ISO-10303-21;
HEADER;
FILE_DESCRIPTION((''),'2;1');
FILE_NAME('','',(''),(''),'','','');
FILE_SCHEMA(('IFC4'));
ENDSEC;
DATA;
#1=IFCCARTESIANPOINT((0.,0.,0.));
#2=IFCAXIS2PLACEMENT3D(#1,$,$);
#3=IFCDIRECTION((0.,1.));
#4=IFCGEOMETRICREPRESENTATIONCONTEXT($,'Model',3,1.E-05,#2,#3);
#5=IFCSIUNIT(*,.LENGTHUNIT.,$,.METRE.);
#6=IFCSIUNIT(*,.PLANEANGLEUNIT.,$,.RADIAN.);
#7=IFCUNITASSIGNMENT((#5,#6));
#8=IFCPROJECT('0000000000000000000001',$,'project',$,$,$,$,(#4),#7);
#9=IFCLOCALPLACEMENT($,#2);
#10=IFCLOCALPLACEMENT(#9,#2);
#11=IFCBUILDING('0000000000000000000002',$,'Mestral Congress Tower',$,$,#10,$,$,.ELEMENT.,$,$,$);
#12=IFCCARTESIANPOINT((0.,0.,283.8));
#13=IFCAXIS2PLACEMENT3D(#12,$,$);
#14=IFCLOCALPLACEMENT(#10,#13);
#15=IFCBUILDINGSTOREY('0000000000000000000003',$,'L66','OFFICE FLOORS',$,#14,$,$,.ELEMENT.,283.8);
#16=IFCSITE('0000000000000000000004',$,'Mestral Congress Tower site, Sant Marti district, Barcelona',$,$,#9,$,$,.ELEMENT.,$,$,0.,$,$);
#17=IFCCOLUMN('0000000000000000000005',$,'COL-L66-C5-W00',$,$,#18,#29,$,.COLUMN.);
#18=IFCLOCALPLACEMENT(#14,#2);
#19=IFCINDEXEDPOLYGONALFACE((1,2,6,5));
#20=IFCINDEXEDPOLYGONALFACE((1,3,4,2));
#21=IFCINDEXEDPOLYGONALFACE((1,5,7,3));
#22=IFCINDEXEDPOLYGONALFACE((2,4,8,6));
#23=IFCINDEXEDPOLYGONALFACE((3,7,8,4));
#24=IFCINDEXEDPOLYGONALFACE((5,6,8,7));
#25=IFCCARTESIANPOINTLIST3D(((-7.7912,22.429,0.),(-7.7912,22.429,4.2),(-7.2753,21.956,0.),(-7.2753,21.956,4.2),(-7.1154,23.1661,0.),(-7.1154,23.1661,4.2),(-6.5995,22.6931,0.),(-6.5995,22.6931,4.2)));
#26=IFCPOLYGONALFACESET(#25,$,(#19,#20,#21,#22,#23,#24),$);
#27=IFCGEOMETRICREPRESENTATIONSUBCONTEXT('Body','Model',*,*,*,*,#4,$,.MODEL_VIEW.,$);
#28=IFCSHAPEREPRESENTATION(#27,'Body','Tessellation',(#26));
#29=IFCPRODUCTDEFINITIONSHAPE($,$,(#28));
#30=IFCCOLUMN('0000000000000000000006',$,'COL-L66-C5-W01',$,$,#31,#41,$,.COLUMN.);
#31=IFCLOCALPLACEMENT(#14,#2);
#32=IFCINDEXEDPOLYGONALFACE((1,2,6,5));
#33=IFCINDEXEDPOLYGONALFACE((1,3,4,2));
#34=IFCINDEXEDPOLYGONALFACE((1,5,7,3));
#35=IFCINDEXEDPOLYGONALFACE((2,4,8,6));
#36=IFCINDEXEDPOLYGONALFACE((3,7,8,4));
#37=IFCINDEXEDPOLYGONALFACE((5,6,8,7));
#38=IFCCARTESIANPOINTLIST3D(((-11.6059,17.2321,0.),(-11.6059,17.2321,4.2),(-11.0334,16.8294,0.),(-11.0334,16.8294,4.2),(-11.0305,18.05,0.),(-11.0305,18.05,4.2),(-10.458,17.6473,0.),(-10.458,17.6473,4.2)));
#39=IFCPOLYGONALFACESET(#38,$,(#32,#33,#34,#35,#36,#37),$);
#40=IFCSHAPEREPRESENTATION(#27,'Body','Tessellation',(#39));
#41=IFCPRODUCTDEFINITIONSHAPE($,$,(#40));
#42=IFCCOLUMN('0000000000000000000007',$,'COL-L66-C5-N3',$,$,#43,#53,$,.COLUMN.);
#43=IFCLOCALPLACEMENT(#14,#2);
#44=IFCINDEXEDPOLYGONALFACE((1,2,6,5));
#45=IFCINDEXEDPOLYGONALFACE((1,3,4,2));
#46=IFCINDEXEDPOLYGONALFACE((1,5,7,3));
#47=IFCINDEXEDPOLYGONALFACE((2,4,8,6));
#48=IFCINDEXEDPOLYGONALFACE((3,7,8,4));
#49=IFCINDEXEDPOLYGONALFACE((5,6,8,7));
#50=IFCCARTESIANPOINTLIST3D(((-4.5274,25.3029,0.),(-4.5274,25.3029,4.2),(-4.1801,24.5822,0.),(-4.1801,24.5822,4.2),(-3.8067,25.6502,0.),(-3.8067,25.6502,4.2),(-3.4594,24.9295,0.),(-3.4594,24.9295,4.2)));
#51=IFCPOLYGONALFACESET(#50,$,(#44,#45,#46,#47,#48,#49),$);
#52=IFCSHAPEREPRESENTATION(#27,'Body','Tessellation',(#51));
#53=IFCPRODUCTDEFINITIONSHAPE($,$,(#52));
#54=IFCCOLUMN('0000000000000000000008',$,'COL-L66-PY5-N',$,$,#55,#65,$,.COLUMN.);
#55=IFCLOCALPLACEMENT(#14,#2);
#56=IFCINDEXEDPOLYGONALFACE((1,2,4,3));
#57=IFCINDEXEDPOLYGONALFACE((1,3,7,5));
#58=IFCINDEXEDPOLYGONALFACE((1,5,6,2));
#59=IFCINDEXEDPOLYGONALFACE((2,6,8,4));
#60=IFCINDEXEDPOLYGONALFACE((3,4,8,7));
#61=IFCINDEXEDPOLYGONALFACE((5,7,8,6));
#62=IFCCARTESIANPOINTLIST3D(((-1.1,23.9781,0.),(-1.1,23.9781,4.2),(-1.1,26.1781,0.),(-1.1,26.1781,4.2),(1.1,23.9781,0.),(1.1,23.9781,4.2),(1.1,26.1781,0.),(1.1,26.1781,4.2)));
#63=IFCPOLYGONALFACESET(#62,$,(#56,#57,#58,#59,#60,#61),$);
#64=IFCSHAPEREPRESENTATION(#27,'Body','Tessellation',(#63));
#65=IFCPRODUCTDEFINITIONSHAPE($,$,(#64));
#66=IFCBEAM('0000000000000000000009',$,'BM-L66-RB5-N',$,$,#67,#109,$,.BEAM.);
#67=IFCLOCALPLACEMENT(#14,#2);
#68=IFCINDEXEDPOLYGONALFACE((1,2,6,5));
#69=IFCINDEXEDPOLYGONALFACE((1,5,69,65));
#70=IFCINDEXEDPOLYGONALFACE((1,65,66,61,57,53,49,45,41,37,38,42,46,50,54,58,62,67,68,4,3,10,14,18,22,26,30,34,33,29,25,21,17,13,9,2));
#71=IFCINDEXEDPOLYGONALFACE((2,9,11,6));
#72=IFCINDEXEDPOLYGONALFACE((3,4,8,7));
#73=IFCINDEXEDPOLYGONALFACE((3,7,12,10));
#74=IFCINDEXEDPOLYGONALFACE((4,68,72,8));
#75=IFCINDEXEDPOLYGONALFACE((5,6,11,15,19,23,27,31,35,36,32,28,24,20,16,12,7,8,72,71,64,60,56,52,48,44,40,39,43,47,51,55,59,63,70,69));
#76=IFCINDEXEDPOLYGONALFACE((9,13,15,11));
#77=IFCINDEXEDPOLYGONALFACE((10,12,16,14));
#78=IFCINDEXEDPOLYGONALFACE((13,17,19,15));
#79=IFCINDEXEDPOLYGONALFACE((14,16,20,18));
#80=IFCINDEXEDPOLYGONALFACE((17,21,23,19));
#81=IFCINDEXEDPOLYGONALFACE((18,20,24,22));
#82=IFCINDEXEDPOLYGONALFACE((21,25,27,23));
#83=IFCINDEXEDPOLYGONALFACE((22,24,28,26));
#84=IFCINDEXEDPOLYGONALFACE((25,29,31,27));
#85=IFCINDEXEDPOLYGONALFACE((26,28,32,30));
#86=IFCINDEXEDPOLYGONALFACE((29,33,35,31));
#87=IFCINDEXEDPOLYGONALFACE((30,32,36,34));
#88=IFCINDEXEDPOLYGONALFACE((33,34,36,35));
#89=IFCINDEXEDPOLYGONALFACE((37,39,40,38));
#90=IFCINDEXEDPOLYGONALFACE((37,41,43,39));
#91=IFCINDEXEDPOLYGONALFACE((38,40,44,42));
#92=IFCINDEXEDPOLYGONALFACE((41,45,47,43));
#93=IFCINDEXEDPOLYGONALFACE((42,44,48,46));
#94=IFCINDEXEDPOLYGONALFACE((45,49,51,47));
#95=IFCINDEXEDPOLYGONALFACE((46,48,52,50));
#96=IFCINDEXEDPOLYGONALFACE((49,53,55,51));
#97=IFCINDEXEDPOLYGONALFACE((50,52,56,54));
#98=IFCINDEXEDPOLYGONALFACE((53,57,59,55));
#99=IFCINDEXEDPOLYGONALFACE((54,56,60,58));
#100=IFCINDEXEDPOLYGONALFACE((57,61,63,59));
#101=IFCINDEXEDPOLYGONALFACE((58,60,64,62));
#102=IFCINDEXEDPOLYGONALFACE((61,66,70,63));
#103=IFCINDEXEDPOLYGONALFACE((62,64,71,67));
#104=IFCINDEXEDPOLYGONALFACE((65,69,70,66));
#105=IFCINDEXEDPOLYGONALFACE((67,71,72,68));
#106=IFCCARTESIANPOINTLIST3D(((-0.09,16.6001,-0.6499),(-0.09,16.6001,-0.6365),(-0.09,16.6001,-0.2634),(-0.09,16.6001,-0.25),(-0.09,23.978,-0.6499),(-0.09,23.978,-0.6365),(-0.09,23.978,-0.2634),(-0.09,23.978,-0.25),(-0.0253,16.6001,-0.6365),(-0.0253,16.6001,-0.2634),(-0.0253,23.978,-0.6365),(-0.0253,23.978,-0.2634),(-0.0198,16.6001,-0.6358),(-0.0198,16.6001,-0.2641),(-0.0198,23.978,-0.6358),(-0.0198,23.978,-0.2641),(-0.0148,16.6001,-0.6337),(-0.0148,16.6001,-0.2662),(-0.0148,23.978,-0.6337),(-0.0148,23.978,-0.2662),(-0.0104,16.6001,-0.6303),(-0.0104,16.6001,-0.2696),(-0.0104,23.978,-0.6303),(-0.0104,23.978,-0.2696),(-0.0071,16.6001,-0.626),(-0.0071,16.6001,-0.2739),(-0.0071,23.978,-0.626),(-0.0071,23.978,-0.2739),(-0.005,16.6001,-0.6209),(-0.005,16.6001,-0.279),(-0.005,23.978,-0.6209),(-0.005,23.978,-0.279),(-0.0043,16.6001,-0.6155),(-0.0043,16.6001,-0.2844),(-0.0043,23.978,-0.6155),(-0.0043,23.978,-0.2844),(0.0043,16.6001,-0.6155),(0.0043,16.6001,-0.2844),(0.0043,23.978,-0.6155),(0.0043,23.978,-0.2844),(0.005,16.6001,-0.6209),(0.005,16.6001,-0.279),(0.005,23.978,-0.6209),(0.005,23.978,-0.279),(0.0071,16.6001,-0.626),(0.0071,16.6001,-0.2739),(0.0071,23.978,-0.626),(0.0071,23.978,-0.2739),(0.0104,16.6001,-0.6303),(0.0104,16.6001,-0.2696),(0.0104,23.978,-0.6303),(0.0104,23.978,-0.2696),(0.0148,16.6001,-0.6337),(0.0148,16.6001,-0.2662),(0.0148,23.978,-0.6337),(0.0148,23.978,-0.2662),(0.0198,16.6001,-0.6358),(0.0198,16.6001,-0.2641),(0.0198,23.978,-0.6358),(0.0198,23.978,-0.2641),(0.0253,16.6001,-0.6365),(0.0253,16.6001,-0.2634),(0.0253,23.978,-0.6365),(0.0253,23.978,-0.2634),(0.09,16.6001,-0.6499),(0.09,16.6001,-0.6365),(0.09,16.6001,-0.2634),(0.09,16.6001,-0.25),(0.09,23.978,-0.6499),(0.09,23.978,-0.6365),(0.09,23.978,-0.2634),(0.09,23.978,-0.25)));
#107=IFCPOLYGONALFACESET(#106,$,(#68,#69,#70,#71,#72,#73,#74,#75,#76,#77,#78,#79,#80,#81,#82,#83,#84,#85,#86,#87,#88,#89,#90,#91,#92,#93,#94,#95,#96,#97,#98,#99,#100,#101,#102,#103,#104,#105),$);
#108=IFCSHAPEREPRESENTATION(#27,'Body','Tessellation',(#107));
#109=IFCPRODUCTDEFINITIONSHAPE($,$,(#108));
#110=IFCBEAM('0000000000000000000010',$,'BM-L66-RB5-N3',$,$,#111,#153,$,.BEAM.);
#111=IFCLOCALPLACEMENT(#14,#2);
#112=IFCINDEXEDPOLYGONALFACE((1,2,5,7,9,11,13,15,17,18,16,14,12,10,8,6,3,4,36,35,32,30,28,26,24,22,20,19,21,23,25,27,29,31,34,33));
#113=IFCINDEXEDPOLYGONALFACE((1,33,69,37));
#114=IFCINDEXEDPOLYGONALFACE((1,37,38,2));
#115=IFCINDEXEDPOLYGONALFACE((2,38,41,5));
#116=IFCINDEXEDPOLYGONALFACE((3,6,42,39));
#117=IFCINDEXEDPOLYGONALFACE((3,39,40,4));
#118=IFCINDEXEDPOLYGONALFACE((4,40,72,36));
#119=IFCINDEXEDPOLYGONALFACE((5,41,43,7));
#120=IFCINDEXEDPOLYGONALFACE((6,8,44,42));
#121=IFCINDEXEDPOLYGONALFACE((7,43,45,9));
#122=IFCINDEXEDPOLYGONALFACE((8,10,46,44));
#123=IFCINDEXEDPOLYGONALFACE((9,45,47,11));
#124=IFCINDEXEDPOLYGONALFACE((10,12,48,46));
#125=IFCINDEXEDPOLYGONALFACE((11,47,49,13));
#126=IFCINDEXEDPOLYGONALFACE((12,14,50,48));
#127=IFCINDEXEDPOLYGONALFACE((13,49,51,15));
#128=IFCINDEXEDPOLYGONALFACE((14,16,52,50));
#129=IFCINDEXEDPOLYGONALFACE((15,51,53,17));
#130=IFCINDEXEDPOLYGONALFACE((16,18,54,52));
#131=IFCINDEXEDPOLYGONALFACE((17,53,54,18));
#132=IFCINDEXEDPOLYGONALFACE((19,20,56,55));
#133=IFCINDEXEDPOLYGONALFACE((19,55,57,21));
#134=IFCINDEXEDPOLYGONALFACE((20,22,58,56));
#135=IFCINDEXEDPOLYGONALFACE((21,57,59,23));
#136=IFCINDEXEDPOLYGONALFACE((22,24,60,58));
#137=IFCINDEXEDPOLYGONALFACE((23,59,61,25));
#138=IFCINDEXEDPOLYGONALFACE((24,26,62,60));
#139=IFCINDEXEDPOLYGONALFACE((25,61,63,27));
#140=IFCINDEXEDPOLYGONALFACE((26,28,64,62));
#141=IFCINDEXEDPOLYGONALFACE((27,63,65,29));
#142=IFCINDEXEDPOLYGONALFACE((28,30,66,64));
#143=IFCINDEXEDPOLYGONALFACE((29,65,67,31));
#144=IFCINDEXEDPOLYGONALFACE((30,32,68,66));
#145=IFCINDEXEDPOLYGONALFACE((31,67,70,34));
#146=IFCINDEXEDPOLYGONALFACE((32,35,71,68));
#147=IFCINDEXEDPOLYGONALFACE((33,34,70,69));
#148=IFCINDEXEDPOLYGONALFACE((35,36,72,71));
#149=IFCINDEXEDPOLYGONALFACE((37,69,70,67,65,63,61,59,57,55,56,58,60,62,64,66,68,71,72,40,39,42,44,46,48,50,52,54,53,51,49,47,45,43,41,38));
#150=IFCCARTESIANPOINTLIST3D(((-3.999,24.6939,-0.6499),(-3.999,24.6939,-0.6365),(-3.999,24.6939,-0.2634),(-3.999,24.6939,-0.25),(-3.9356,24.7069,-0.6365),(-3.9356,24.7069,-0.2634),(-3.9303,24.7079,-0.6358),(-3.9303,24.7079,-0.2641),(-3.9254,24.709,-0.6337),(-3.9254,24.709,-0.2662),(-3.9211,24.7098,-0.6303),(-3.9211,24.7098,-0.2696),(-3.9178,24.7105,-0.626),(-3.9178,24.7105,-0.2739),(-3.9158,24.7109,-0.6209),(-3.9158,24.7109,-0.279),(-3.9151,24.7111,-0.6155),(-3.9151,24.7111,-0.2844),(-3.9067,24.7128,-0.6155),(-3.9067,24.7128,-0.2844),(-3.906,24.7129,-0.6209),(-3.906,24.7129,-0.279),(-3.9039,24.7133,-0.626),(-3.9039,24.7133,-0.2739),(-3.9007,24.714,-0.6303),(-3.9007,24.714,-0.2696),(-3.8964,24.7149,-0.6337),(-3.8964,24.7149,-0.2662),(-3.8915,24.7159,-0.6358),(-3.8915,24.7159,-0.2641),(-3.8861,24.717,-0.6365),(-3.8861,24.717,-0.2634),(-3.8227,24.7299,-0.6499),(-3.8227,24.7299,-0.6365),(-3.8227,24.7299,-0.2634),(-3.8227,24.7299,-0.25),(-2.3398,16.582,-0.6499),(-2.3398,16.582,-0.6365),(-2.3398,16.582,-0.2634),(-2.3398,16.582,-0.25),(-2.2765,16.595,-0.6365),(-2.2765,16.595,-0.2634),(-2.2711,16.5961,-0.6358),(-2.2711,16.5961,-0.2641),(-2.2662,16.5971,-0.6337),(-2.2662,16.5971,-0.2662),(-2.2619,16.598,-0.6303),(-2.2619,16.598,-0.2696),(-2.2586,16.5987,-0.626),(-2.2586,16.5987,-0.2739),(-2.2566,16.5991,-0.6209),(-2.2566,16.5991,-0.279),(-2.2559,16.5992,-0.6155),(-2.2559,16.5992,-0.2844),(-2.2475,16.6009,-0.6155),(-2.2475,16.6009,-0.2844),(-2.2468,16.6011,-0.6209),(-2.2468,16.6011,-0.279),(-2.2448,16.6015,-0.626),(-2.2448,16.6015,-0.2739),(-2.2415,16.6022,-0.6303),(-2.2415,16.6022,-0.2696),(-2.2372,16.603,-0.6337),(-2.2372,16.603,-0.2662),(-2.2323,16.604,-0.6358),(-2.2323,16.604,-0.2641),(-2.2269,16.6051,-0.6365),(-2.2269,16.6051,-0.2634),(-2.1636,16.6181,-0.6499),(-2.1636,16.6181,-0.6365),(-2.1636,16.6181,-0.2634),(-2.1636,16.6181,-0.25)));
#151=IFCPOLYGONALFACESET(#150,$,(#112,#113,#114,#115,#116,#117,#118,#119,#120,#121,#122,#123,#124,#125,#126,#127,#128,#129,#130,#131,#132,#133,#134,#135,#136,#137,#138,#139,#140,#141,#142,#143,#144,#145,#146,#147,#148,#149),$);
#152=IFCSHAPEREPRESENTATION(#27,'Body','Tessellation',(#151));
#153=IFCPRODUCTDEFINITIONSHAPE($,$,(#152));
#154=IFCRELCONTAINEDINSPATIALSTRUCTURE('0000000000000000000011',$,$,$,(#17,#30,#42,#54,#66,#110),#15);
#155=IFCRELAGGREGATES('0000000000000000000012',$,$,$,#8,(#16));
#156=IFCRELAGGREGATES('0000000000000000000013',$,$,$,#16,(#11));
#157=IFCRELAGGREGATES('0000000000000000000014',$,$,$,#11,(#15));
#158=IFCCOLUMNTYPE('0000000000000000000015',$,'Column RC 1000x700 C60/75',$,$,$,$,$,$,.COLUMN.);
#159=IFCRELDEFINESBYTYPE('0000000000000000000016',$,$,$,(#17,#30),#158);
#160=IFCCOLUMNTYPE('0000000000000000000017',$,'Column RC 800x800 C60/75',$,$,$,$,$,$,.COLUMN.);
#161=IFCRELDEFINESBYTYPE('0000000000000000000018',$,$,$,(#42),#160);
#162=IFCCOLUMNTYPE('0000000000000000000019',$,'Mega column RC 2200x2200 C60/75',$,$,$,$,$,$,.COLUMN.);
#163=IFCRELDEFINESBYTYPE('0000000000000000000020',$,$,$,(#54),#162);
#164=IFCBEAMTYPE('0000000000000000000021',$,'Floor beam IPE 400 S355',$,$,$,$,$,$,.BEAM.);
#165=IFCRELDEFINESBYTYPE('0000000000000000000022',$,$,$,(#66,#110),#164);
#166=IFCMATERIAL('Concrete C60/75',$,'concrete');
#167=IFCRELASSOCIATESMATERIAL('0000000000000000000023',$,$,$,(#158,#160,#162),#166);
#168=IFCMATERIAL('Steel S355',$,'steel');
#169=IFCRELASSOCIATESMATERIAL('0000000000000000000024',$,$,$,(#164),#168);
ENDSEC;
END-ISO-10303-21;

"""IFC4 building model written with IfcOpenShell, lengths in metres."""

from ifc_helpers import new_model, si_unit, direction, frame, origin, origin_2d, place, context, subcontext, project, spatial, rectangle, i_section, extrude, material, material_profile, profile_set, type_object, element, save


model = new_model("IFC4")

# Units and contexts
model_context = context("Model", 3, precision=1e-05, world=origin(), true_north=direction((0.0, 1.0)))
body_context = subcontext(model_context, "Body", "Model", "MODEL_VIEW")
ifc_project = project(units=[si_unit("LENGTHUNIT", "METRE"), si_unit("PLANEANGLEUNIT", "RADIAN")], contexts=[model_context])

# Site, building, storey
site_placement = place(None, origin())
site = spatial("IfcSite", under=ifc_project, at=site_placement, Name="Mestral Congress Tower site, Sant Marti district, Barcelona", CompositionType="ELEMENT", RefElevation=0.0)
building_placement = place(site_placement, origin())
building = spatial("IfcBuilding", under=site, at=building_placement, Name="Mestral Congress Tower", CompositionType="ELEMENT")
storey_placement = place(building_placement, frame((0.0, 0.0, 283.8)))
storey = spatial("IfcBuildingStorey", under=building, at=storey_placement, Name="L66", Description="OFFICE FLOORS", CompositionType="ELEMENT", Elevation=283.8)

# Columns
ifc_material_1 = material(Name="Concrete C60/75", Category="concrete")
ifc_material_profile_1 = material_profile(ifc_material_1, rectangle(XDim=1.0, YDim=0.7, at=origin_2d()), Name="RC 1000x700")
ifc_profile_set_1 = profile_set([ifc_material_profile_1], Name="Concrete C60/75")
column_type_1 = type_object("IfcColumnType", Name="Column RC 1000x700 C60/75", PredefinedType="COLUMN", material=ifc_profile_set_1)
for number, where, z_axis, x_axis, name in (
    (1, (-7.1953, 22.561, 0.0), (0.0, 0.0, 1.0), (-0.675803, -0.737083, 0.0), "COL-L66-C5-W00"),
    (2, (-11.032, 17.4397, 0.0), (0.0, 0.0, 1.0), (-0.575402, -0.817871, 0.0), "COL-L66-C5-W01"),
):
    element("IfcColumn", number, at=place(storey_placement, frame(where, z_axis=z_axis, x_axis=x_axis)), inside=storey, type_object=column_type_1, Name=name, PredefinedType="COLUMN", context=body_context, shape_type="SweptSolid", body=[
        extrude(rectangle(XDim=1.0, YDim=0.7, at=origin_2d()), origin(), (0.0, 0.0, 1.0), 4.2),
    ])
ifc_material_profile_2 = material_profile(ifc_material_1, rectangle(XDim=0.8, YDim=0.8, at=origin_2d()), Name="RC 800x800")
ifc_profile_set_2 = profile_set([ifc_material_profile_2], Name="Concrete C60/75")
column_type_2 = type_object("IfcColumnType", Name="Column RC 800x800 C60/75", PredefinedType="COLUMN", material=ifc_profile_set_2)
column_1_placement = place(storey_placement, frame((-3.9934, 25.1162, 0.0), z_axis=(0.0, 0.0, 1.0), x_axis=(-0.900873, -0.434082, 0.0)))
element("IfcColumn", 3, at=column_1_placement, inside=storey, type_object=column_type_2, Name="COL-L66-C5-N3", PredefinedType="COLUMN", context=body_context, shape_type="SweptSolid", body=[
    extrude(rectangle(XDim=0.8, YDim=0.8, at=origin_2d()), origin(), (0.0, 0.0, 1.0), 4.2),
])
ifc_material_profile_3 = material_profile(ifc_material_1, rectangle(XDim=2.2, YDim=2.2, at=origin_2d()), Name="RC 2200x2200")
ifc_profile_set_3 = profile_set([ifc_material_profile_3], Name="Concrete C60/75")
column_type_3 = type_object("IfcColumnType", Name="Mega column RC 2200x2200 C60/75", PredefinedType="COLUMN", material=ifc_profile_set_3)
column_2_placement = place(storey_placement, frame((0.0, 25.0781, 0.0), z_axis=(0.0, 0.0, 1.0), x_axis=(0.0, 1.0, 0.0)))
element("IfcColumn", 4, at=column_2_placement, inside=storey, type_object=column_type_3, Name="COL-L66-PY5-N", PredefinedType="COLUMN", context=body_context, shape_type="SweptSolid", body=[
    extrude(rectangle(XDim=2.2, YDim=2.2, at=origin_2d()), origin(), (0.0, 0.0, 1.0), 4.2),
])

# Beams
ifc_material_2 = material(Name="Steel S355", Category="steel")
ifc_material_profile_4 = material_profile(ifc_material_2, i_section(OverallWidth=0.1799, OverallDepth=0.3999, WebThickness=0.0085, FlangeThickness=0.0134, FilletRadius=0.021, at=origin_2d()), Name="IPE 400")
ifc_profile_set_4 = profile_set([ifc_material_profile_4], Name="Steel S355")
beam_type_1 = type_object("IfcBeamType", Name="Floor beam IPE 400 S355", PredefinedType="BEAM", material=ifc_profile_set_4)
beam_1_placement = place(storey_placement, frame((0.0, 23.978, -0.45), z_axis=(0.0, -1.0, 0.0), x_axis=(1.0, 0.0, 0.0)))
element("IfcBeam", 5, at=beam_1_placement, inside=storey, type_object=beam_type_1, Name="BM-L66-RB5-N", PredefinedType="BEAM", context=body_context, shape_type="SweptSolid", body=[
    extrude(i_section(OverallWidth=0.1799, OverallDepth=0.3999, WebThickness=0.0085, FlangeThickness=0.0134, FilletRadius=0.021, at=origin_2d()), origin(), (0.0, 0.0, 1.0), 7.3779),
])
beam_2_placement = place(storey_placement, frame((-3.9109, 24.7119, -0.45), z_axis=(0.20039, -0.979716, 0.0), x_axis=(0.979716, 0.20039, 0.0)))
element("IfcBeam", 6, at=beam_2_placement, inside=storey, type_object=beam_type_1, Name="BM-L66-RB5-N3", PredefinedType="BEAM", context=body_context, shape_type="SweptSolid", body=[
    extrude(i_section(OverallWidth=0.1799, OverallDepth=0.3999, WebThickness=0.0085, FlangeThickness=0.0134, FilletRadius=0.021, at=origin_2d()), origin(), (0.0, 0.0, 1.0), 8.2798),
])

save(model, "model.ifc")
